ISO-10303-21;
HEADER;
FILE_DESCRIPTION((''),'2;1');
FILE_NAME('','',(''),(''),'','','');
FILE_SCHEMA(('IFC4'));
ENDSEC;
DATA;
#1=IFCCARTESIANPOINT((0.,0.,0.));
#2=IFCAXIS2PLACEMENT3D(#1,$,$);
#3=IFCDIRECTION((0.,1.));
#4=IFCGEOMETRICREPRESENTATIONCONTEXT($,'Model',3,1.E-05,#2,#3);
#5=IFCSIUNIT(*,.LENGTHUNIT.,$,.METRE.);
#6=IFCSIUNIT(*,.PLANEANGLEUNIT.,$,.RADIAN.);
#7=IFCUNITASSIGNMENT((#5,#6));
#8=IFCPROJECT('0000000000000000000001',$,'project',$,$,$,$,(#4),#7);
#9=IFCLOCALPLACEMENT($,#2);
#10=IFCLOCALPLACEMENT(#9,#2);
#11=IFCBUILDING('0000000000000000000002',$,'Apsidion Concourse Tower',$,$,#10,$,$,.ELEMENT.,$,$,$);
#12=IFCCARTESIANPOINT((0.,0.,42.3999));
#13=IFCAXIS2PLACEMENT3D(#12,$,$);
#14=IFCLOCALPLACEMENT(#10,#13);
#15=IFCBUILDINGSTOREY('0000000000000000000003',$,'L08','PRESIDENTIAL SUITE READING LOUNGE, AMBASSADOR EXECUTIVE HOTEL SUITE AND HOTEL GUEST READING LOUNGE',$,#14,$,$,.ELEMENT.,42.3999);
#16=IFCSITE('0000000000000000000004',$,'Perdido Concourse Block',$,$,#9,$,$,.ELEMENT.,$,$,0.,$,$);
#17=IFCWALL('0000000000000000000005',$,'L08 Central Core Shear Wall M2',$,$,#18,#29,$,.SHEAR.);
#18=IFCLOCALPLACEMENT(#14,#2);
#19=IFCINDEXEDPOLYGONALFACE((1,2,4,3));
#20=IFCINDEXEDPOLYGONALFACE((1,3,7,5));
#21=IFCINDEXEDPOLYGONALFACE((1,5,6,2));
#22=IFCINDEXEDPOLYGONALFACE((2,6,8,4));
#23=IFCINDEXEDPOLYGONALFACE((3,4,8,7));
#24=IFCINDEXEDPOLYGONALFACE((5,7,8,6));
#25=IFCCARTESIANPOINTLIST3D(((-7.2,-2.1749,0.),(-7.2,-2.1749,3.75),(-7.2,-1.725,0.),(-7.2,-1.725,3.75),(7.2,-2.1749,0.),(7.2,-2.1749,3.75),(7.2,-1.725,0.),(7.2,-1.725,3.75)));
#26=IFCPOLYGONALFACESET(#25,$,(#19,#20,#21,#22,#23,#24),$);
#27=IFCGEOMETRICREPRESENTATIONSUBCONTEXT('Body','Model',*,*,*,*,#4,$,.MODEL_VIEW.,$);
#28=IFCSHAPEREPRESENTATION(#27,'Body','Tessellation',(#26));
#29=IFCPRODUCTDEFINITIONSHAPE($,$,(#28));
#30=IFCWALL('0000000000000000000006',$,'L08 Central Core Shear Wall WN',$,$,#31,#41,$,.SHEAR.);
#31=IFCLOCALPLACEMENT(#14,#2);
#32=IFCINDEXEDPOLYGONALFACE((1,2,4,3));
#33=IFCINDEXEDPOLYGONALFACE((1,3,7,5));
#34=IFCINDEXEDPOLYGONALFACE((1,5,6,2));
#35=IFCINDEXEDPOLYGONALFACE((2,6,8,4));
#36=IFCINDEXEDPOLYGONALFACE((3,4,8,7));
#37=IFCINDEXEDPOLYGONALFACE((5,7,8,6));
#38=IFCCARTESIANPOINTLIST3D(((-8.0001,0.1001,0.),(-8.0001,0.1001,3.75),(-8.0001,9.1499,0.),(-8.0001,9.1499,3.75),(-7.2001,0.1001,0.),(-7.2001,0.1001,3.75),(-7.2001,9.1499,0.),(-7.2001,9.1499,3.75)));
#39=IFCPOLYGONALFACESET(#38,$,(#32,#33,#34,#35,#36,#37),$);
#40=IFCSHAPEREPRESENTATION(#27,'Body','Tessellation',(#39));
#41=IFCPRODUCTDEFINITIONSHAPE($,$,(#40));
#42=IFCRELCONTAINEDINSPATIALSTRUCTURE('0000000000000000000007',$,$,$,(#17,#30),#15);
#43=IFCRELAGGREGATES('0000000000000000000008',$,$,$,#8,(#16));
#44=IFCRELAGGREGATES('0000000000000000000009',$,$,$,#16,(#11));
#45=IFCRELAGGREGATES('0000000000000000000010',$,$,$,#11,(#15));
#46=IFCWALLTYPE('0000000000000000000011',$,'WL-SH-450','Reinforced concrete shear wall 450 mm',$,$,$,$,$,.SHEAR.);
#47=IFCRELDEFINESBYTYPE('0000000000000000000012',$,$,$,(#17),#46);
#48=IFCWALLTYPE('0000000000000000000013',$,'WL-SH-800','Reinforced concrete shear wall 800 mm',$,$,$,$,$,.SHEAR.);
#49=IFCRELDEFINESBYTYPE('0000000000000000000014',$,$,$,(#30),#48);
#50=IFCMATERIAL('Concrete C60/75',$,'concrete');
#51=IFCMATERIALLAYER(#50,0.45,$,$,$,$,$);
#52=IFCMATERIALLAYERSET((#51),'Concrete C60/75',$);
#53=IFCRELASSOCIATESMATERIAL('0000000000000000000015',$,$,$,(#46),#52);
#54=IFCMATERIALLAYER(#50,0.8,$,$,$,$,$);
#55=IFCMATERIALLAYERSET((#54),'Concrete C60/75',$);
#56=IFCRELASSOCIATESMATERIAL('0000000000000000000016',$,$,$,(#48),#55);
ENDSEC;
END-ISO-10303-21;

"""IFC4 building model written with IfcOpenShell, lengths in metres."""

from ifc_helpers import new_model, si_unit, direction, frame, frame_2d, origin, place, context, subcontext, project, spatial, rectangle, extrude, material, layer, layer_set, type_object, element, save


model = new_model("IFC4")

# Units and contexts
model_context = context("Model", 3, precision=1e-05, world=origin(), true_north=direction((0.0, 1.0)))
body_context = subcontext(model_context, "Body", "Model", "MODEL_VIEW")
ifc_project = project(units=[si_unit("LENGTHUNIT", "METRE"), si_unit("PLANEANGLEUNIT", "RADIAN")], contexts=[model_context])

# Site, building, storey
site_placement = place(None, origin())
site = spatial("IfcSite", under=ifc_project, at=site_placement, Name="Perdido Concourse Block", CompositionType="ELEMENT", RefElevation=0.0)
building_placement = place(site_placement, origin())
building = spatial("IfcBuilding", under=site, at=building_placement, Name="Apsidion Concourse Tower", CompositionType="ELEMENT")
storey_placement = place(building_placement, frame((0.0, 0.0, 42.3999)))
storey = spatial("IfcBuildingStorey", under=building, at=storey_placement, Name="L08", Description="PRESIDENTIAL SUITE READING LOUNGE, AMBASSADOR EXECUTIVE HOTEL SUITE AND HOTEL GUEST READING LOUNGE", CompositionType="ELEMENT", Elevation=42.3999)

# Shared definitions
ifc_material_1 = material(Name="Concrete C60/75", Category="concrete")
ifc_layer_1 = layer(ifc_material_1, 0.45)
ifc_layer_set_1 = layer_set([ifc_layer_1], Name="Concrete C60/75")
wall_type_1 = type_object("IfcWallType", Name="WL-SH-450", Description="Reinforced concrete shear wall 450 mm", PredefinedType="SHEAR", material=ifc_layer_set_1)

# Walls
wall_1_placement = place(storey_placement, frame((-7.2, -1.95, 0.0), z_axis=(0.0, 0.0, 1.0), x_axis=(1.0, 0.0, 0.0)))
element("IfcWall", 1, at=wall_1_placement, inside=storey, type_object=wall_type_1, Name="L08 Central Core Shear Wall M2", PredefinedType="SHEAR", context=body_context, shape_type="SweptSolid", body=[
    extrude(rectangle(XDim=14.3999, YDim=0.45, at=frame_2d((7.2, 0.0))), origin(), (0.0, 0.0, 1.0), 3.75),
])
ifc_layer_2 = layer(ifc_material_1, 0.8)
ifc_layer_set_2 = layer_set([ifc_layer_2], Name="Concrete C60/75")
wall_type_2 = type_object("IfcWallType", Name="WL-SH-800", Description="Reinforced concrete shear wall 800 mm", PredefinedType="SHEAR", material=ifc_layer_set_2)
wall_2_placement = place(storey_placement, frame((-7.6001, 0.1001, 0.0), z_axis=(0.0, 0.0, 1.0), x_axis=(0.0, 1.0, 0.0)))
element("IfcWall", 2, at=wall_2_placement, inside=storey, type_object=wall_type_2, Name="L08 Central Core Shear Wall WN", PredefinedType="SHEAR", context=body_context, shape_type="SweptSolid", body=[
    extrude(rectangle(XDim=9.0498, YDim=0.8, at=frame_2d((4.5249, 0.0))), origin(), (0.0, 0.0, 1.0), 3.75),
])

save(model, "model.ifc")
